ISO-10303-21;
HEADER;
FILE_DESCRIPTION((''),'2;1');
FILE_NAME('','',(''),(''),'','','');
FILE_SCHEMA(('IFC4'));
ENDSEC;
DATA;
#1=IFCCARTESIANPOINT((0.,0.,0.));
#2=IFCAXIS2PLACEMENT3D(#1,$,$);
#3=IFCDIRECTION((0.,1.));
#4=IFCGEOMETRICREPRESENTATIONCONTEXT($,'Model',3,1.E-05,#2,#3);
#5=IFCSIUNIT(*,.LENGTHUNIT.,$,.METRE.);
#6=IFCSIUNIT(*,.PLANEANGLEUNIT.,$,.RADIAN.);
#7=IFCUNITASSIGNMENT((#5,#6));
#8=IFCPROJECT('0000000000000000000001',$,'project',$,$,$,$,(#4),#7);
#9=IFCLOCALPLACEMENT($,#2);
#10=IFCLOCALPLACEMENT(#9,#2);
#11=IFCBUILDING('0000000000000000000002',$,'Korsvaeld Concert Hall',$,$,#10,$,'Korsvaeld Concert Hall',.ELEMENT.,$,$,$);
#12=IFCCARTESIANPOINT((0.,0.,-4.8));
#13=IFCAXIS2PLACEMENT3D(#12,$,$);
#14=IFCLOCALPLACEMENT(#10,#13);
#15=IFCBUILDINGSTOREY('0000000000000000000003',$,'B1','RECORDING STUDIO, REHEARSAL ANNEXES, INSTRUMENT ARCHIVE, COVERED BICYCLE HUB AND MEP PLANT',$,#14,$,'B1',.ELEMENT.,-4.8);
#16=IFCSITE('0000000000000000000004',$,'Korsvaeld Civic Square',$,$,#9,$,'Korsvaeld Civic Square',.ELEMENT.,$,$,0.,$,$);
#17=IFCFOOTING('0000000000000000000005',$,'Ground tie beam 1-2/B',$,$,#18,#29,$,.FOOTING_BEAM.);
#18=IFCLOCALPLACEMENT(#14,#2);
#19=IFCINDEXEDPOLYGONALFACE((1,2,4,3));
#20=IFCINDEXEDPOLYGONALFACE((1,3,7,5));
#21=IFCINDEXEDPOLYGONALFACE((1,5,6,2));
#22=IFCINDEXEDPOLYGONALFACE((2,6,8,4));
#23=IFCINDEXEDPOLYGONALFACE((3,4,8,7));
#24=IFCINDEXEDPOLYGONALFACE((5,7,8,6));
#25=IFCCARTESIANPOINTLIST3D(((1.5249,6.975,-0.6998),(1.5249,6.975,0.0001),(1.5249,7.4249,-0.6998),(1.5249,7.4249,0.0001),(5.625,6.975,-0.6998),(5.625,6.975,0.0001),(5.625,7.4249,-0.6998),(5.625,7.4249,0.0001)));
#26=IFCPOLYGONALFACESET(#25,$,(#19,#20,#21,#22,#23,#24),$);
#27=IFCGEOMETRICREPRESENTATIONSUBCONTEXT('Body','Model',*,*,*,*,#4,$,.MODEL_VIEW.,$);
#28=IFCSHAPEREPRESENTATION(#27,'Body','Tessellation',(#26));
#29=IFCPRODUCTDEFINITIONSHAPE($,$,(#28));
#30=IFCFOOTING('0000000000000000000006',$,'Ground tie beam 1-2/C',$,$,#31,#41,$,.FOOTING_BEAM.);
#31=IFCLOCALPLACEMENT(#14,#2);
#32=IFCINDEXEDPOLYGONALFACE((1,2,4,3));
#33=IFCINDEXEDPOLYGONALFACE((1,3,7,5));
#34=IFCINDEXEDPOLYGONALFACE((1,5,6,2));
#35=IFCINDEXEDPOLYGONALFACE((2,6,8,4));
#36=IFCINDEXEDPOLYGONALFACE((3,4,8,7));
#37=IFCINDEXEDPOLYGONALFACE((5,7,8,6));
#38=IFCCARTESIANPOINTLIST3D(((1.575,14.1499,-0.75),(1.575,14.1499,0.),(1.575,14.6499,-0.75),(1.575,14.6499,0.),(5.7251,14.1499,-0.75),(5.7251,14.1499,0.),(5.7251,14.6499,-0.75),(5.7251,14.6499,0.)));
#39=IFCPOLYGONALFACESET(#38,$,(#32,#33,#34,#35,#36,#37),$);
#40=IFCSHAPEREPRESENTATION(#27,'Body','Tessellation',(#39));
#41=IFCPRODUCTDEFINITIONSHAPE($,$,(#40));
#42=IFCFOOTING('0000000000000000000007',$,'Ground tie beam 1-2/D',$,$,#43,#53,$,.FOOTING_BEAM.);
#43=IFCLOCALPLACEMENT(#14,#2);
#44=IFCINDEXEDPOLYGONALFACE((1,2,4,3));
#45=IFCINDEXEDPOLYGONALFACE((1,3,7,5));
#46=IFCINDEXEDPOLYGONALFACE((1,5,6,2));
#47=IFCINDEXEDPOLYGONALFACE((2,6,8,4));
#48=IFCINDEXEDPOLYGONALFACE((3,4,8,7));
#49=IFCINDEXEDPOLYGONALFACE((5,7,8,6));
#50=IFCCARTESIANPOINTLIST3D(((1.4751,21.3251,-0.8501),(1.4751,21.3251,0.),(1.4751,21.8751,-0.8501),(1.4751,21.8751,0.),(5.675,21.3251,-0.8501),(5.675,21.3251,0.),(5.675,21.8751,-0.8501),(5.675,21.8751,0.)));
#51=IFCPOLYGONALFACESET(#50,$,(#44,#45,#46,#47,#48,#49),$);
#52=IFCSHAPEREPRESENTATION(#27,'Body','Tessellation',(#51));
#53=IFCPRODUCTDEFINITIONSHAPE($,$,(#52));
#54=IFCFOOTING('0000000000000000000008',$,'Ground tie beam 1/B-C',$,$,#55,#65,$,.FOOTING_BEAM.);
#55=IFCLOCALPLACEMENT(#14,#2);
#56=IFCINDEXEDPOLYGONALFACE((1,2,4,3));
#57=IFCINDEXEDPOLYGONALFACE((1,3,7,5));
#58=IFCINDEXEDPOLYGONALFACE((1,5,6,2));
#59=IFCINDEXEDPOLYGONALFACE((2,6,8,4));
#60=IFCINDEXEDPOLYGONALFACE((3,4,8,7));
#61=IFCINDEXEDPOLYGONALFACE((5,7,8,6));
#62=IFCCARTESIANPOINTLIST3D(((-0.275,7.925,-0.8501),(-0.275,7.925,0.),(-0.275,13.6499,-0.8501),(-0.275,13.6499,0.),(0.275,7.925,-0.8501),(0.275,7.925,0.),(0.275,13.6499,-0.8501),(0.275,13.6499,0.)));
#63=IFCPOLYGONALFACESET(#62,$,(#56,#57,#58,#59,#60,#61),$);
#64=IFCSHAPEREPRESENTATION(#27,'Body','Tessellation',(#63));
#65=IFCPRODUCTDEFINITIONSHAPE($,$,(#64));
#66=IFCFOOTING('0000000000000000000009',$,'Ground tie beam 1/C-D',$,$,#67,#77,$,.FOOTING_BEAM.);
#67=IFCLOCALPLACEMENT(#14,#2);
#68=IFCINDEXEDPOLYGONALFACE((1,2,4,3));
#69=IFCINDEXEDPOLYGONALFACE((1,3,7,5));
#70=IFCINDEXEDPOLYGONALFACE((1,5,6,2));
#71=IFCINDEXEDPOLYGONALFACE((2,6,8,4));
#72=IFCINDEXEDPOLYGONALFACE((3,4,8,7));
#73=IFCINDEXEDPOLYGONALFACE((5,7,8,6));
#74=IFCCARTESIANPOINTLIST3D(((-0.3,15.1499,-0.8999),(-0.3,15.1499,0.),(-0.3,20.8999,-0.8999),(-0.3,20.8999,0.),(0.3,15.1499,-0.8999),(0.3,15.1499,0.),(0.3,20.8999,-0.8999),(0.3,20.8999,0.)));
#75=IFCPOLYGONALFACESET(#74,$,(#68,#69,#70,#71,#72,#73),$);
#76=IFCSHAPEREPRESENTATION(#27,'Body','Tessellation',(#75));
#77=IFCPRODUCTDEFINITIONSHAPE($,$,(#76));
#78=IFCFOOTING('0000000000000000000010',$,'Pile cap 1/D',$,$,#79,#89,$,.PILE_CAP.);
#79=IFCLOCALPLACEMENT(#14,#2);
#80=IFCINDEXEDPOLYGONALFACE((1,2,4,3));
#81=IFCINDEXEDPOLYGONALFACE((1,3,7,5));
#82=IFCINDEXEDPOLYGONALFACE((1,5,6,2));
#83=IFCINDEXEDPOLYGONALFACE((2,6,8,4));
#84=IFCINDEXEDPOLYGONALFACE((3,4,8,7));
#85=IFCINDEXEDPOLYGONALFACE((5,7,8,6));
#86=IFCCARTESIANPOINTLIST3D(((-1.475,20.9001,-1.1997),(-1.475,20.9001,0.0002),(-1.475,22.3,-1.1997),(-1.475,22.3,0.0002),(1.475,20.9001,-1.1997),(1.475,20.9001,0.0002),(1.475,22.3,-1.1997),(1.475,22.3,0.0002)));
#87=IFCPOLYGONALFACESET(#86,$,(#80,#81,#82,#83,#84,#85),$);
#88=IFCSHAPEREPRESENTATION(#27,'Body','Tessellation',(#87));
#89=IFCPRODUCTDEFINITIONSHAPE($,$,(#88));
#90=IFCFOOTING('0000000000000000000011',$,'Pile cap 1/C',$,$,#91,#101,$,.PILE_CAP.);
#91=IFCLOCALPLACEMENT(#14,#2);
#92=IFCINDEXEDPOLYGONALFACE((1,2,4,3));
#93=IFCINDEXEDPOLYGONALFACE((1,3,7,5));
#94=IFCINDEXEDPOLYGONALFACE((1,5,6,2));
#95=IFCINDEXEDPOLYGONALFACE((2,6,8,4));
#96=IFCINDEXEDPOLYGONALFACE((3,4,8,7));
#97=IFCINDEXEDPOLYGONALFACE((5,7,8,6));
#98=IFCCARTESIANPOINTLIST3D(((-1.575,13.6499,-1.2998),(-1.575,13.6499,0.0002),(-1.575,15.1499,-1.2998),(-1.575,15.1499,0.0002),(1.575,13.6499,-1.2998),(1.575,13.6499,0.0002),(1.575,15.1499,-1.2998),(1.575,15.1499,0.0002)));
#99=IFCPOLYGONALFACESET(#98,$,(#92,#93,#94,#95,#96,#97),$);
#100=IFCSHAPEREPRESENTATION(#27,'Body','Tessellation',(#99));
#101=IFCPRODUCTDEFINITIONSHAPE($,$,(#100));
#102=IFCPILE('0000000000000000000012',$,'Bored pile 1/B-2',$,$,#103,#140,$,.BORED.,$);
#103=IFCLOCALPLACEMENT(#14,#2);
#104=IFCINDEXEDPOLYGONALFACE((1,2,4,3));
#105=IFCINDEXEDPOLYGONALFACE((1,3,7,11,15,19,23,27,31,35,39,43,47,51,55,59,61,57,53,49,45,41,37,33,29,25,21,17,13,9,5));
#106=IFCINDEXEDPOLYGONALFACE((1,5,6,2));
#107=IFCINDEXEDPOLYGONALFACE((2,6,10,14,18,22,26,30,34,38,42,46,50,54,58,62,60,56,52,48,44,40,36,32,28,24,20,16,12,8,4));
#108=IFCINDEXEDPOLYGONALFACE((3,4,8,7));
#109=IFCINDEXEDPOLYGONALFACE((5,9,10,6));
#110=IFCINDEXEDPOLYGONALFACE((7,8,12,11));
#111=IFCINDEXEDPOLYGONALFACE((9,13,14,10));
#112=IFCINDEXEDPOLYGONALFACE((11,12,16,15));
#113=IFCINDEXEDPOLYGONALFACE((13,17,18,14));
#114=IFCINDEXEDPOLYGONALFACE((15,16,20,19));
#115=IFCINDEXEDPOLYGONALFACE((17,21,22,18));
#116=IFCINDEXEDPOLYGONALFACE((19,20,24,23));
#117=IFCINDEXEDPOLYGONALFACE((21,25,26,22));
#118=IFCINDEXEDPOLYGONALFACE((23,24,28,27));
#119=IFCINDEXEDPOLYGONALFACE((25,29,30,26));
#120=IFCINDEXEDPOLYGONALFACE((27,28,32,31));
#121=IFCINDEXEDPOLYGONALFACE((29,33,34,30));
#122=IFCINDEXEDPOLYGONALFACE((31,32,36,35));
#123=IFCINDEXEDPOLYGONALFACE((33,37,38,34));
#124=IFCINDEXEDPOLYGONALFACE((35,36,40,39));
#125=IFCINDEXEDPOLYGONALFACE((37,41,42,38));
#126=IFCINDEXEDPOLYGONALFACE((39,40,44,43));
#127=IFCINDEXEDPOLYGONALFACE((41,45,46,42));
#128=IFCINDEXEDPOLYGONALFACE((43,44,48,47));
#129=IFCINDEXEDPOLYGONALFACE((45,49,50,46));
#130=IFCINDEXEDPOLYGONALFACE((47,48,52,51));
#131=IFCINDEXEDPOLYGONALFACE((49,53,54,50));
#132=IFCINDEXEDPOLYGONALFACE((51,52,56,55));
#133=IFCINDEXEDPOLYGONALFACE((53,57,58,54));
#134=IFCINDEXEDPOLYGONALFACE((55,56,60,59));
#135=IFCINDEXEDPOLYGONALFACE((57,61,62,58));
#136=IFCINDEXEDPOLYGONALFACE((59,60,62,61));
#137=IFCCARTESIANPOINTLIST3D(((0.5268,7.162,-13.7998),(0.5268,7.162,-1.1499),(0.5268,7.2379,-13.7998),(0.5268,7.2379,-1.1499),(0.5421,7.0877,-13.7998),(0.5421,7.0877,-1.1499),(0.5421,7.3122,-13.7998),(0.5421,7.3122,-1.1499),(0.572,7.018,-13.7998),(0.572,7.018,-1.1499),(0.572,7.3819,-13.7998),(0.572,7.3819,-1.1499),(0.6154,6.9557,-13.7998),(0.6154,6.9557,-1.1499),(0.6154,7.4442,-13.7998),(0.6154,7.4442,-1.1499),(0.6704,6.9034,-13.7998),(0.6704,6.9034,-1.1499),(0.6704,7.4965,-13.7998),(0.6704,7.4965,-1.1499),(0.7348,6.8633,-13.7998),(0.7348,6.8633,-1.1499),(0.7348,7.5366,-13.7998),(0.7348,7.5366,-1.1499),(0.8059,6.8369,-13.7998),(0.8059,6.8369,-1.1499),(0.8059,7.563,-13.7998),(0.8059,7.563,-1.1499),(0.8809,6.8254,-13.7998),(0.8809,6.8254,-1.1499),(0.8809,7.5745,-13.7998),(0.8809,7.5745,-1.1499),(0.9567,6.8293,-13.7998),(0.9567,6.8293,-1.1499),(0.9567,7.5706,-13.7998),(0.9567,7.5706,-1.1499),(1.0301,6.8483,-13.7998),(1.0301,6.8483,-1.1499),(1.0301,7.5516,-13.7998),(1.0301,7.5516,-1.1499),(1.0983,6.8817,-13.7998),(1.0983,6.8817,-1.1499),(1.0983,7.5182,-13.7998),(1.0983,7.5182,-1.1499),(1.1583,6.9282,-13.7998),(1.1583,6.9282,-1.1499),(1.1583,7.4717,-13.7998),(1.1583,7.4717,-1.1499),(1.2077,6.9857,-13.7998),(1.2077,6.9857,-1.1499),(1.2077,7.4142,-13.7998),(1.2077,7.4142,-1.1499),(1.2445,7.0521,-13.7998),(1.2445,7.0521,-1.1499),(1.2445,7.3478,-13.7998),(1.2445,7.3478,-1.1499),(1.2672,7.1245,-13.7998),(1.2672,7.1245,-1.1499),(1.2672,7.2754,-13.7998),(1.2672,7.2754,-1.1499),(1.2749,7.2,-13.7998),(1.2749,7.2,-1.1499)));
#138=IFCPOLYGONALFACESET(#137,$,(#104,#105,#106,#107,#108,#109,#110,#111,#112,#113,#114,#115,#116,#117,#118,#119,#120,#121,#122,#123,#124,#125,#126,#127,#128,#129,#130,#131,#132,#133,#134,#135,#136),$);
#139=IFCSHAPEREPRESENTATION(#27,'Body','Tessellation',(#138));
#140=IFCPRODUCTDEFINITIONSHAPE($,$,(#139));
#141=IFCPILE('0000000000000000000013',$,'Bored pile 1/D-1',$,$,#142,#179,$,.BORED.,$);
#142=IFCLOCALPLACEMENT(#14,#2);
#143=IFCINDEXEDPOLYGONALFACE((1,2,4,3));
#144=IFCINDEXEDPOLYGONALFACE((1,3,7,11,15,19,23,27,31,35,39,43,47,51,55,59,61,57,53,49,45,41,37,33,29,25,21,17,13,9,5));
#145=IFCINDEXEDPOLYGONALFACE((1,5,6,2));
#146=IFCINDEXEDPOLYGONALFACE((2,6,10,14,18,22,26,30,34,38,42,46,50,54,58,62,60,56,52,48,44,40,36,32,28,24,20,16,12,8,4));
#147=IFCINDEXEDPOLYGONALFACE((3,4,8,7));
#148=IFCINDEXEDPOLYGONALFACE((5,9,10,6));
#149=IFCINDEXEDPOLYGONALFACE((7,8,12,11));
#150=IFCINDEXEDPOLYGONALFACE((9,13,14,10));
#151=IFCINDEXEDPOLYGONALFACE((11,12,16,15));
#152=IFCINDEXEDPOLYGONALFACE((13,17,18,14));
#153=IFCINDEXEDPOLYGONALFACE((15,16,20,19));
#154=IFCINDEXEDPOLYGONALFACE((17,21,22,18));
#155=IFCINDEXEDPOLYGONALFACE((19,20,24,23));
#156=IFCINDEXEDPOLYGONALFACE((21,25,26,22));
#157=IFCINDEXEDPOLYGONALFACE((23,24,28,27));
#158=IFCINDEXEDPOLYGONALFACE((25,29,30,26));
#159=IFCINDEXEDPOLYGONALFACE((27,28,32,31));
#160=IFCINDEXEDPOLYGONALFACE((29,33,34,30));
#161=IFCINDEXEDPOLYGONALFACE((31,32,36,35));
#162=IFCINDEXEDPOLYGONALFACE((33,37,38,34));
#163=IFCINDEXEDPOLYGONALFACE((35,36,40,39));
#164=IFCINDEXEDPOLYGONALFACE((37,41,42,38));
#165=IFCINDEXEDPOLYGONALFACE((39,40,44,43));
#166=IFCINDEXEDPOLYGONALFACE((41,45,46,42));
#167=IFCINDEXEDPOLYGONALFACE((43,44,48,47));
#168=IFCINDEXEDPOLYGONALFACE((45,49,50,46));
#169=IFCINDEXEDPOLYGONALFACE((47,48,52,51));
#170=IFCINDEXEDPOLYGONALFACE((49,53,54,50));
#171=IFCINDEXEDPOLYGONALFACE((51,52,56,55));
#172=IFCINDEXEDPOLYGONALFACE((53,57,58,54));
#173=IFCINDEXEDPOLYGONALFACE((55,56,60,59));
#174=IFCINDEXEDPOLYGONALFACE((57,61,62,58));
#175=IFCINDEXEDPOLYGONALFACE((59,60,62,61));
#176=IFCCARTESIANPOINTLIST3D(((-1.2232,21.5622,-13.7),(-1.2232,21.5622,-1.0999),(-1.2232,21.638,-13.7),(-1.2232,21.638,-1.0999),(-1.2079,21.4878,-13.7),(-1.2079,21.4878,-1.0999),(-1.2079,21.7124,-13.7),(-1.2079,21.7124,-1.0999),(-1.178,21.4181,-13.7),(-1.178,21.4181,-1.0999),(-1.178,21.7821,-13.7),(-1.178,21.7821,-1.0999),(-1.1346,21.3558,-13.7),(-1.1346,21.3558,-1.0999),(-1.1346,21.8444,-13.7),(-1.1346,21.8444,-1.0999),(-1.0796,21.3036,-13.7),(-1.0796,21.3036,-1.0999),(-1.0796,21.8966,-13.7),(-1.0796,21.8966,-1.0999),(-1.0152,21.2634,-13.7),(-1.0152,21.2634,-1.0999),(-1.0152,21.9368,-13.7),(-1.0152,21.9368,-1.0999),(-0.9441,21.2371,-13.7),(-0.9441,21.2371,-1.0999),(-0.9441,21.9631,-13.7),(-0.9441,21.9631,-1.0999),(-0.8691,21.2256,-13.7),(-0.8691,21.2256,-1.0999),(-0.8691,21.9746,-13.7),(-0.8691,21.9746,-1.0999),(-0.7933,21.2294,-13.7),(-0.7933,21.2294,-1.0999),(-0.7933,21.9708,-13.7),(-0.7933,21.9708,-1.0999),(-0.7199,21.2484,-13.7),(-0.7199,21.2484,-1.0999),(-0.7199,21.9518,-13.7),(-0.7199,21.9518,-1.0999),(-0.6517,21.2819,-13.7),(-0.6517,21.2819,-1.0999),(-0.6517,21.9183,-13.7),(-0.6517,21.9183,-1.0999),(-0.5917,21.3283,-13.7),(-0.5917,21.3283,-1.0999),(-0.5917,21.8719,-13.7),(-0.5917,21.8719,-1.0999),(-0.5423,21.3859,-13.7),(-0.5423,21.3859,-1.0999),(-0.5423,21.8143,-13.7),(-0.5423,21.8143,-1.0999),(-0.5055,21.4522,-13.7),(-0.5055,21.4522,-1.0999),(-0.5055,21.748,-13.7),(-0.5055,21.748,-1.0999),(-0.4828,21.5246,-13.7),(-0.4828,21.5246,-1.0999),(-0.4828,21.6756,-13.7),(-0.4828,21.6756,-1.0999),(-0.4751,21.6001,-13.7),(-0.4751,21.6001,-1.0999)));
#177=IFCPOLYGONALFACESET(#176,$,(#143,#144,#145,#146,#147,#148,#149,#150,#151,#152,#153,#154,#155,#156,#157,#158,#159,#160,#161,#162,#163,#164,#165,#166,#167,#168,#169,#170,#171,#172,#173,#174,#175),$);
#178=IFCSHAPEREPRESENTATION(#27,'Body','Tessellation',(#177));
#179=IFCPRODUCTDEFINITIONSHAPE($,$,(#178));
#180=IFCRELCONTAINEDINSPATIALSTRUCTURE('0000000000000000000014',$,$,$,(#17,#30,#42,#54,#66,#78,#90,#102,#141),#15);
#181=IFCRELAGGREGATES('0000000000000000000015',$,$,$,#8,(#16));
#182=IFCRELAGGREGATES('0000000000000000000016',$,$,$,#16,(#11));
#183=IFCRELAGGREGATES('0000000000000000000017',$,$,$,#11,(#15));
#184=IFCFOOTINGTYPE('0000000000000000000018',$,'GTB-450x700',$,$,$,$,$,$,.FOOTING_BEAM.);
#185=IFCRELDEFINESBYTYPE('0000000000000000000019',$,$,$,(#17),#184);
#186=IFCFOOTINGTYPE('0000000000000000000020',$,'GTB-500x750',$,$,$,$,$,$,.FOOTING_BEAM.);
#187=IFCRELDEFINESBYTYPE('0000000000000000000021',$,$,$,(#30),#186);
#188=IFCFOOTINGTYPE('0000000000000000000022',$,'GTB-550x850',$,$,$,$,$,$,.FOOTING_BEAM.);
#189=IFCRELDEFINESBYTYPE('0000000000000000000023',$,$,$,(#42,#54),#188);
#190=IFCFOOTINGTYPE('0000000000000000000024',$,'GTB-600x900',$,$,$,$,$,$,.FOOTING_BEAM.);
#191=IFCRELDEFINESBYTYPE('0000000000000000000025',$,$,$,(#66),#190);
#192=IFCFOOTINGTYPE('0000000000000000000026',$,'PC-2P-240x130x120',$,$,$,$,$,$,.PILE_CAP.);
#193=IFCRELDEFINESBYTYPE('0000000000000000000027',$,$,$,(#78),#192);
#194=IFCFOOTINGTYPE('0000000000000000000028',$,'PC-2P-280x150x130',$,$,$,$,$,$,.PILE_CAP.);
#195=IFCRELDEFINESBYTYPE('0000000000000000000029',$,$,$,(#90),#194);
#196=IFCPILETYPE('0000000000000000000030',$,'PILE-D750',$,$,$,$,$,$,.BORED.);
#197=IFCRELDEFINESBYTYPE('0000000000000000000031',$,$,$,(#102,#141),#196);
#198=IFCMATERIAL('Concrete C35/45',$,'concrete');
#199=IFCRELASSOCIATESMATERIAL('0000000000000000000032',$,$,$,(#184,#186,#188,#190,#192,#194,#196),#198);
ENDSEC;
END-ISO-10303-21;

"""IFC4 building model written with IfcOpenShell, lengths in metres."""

from ifc_helpers import new_model, si_unit, direction, frame, origin, origin_2d, place, context, subcontext, project, spatial, rectangle, circle, extrude, material, material_profile, profile_set, type_object, element, save


model = new_model("IFC4")

# Units and contexts
model_context = context("Model", 3, precision=1e-05, world=origin(), true_north=direction((0.0, 1.0)))
body_context = subcontext(model_context, "Body", "Model", "MODEL_VIEW")
ifc_project = project(units=[si_unit("LENGTHUNIT", "METRE"), si_unit("PLANEANGLEUNIT", "RADIAN")], contexts=[model_context])

# Site, building, storey
site_placement = place(None, origin())
site = spatial("IfcSite", under=ifc_project, at=site_placement, Name="Korsvaeld Civic Square", LongName="Korsvaeld Civic Square", CompositionType="ELEMENT", RefElevation=0.0)
building_placement = place(site_placement, origin())
building = spatial("IfcBuilding", under=site, at=building_placement, Name="Korsvaeld Concert Hall", LongName="Korsvaeld Concert Hall", CompositionType="ELEMENT")
storey_placement = place(building_placement, frame((0.0, 0.0, -4.8)))
storey = spatial("IfcBuildingStorey", under=building, at=storey_placement, Name="B1", Description="RECORDING STUDIO, REHEARSAL ANNEXES, INSTRUMENT ARCHIVE, COVERED BICYCLE HUB AND MEP PLANT", LongName="B1", CompositionType="ELEMENT", Elevation=-4.8)

# Footings
ifc_material_1 = material(Name="Concrete C35/45", Category="concrete")
ifc_material_profile_1 = material_profile(ifc_material_1, rectangle(XDim=0.45, YDim=0.7, at=origin_2d()), Name="GTB 450x700")
ifc_profile_set_1 = profile_set([ifc_material_profile_1], Name="Concrete C35/45")
footing_type_1 = type_object("IfcFootingType", Name="GTB-450x700", PredefinedType="FOOTING_BEAM", material=ifc_profile_set_1)
footing_1_placement = place(storey_placement, frame((1.5249, 7.2, -0.3499), z_axis=(1.0, 0.0, 0.0), x_axis=(0.0, 1.0, 0.0)))
element("IfcFooting", 1, at=footing_1_placement, inside=storey, type_object=footing_type_1, Name="Ground tie beam 1-2/B", PredefinedType="FOOTING_BEAM", context=body_context, shape_type="SweptSolid", body=[
    extrude(rectangle(XDim=0.45, YDim=0.7, at=origin_2d()), origin(), (0.0, 0.0, 1.0), 4.1001),
])
ifc_material_profile_2 = material_profile(ifc_material_1, rectangle(XDim=0.5, YDim=0.75, at=origin_2d()), Name="GTB 500x750")
ifc_profile_set_2 = profile_set([ifc_material_profile_2], Name="Concrete C35/45")
footing_type_2 = type_object("IfcFootingType", Name="GTB-500x750", PredefinedType="FOOTING_BEAM", material=ifc_profile_set_2)
footing_2_placement = place(storey_placement, frame((1.575, 14.3999, -0.375), z_axis=(1.0, 0.0, 0.0), x_axis=(0.0, 1.0, 0.0)))
element("IfcFooting", 2, at=footing_2_placement, inside=storey, type_object=footing_type_2, Name="Ground tie beam 1-2/C", PredefinedType="FOOTING_BEAM", context=body_context, shape_type="SweptSolid", body=[
    extrude(rectangle(XDim=0.5, YDim=0.75, at=origin_2d()), origin(), (0.0, 0.0, 1.0), 4.1501),
])
ifc_material_profile_3 = material_profile(ifc_material_1, rectangle(XDim=0.55, YDim=0.8501, at=origin_2d()), Name="GTB 550x850")
ifc_profile_set_3 = profile_set([ifc_material_profile_3], Name="Concrete C35/45")
footing_type_3 = type_object("IfcFootingType", Name="GTB-550x850", PredefinedType="FOOTING_BEAM", material=ifc_profile_set_3)
footing_3_placement = place(storey_placement, frame((1.4751, 21.6001, -0.425), z_axis=(1.0, 0.0, 0.0), x_axis=(0.0, 1.0, 0.0)))
element("IfcFooting", 3, at=footing_3_placement, inside=storey, type_object=footing_type_3, Name="Ground tie beam 1-2/D", PredefinedType="FOOTING_BEAM", context=body_context, shape_type="SweptSolid", body=[
    extrude(rectangle(XDim=0.55, YDim=0.8501, at=origin_2d()), origin(), (0.0, 0.0, 1.0), 4.2),
])
footing_4_placement = place(storey_placement, frame((0.0, 7.925, -0.425), z_axis=(0.0, 1.0, 0.0), x_axis=(-1.0, 0.0, 0.0)))
element("IfcFooting", 4, at=footing_4_placement, inside=storey, type_object=footing_type_3, Name="Ground tie beam 1/B-C", PredefinedType="FOOTING_BEAM", context=body_context, shape_type="SweptSolid", body=[
    extrude(rectangle(XDim=0.55, YDim=0.8501, at=origin_2d()), origin(), (0.0, 0.0, 1.0), 5.7249),
])
ifc_material_profile_4 = material_profile(ifc_material_1, rectangle(XDim=0.6001, YDim=0.8999, at=origin_2d()), Name="GTB 600x900")
ifc_profile_set_4 = profile_set([ifc_material_profile_4], Name="Concrete C35/45")
footing_type_4 = type_object("IfcFootingType", Name="GTB-600x900", PredefinedType="FOOTING_BEAM", material=ifc_profile_set_4)
footing_5_placement = place(storey_placement, frame((0.0, 15.1499, -0.45), z_axis=(0.0, 1.0, 0.0), x_axis=(-1.0, 0.0, 0.0)))
element("IfcFooting", 5, at=footing_5_placement, inside=storey, type_object=footing_type_4, Name="Ground tie beam 1/C-D", PredefinedType="FOOTING_BEAM", context=body_context, shape_type="SweptSolid", body=[
    extrude(rectangle(XDim=0.6001, YDim=0.8999, at=origin_2d()), origin(), (0.0, 0.0, 1.0), 5.75),
])
footing_type_5 = type_object("IfcFootingType", Name="PC-2P-240x130x120", PredefinedType="PILE_CAP", material=ifc_material_1)
footing_6_placement = place(storey_placement, frame((0.0, 21.6001, -1.1997), z_axis=(0.0, 0.0, 1.0), x_axis=(1.0, 0.0, 0.0)))
element("IfcFooting", 6, at=footing_6_placement, inside=storey, type_object=footing_type_5, Name="Pile cap 1/D", PredefinedType="PILE_CAP", context=body_context, shape_type="SweptSolid", body=[
    extrude(rectangle(XDim=2.95, YDim=1.3999, at=origin_2d()), origin(), (0.0, 0.0, 1.0), 1.2),
])
footing_type_6 = type_object("IfcFootingType", Name="PC-2P-280x150x130", PredefinedType="PILE_CAP", material=ifc_material_1)
footing_7_placement = place(storey_placement, frame((0.0, 14.3999, -1.2998), z_axis=(0.0, 0.0, 1.0), x_axis=(1.0, 0.0, 0.0)))
element("IfcFooting", 7, at=footing_7_placement, inside=storey, type_object=footing_type_6, Name="Pile cap 1/C", PredefinedType="PILE_CAP", context=body_context, shape_type="SweptSolid", body=[
    extrude(rectangle(XDim=3.1499, YDim=1.5, at=origin_2d()), origin(), (0.0, 0.0, 1.0), 1.3),
])

# Piles
ifc_material_profile_5 = material_profile(ifc_material_1, circle(Radius=0.375, at=origin_2d()), Name="BORED PILE D750")
ifc_profile_set_5 = profile_set([ifc_material_profile_5], Name="Concrete C35/45")
pile_type_1 = type_object("IfcPileType", Name="PILE-D750", PredefinedType="BORED", material=ifc_profile_set_5)
pile_placement = place(storey_placement, frame((0.8999, 7.2, -1.1499), z_axis=(0.0, 0.0, -1.0), x_axis=(1.0, 0.0, 0.0)))
element("IfcPile", 8, at=pile_placement, inside=storey, type_object=pile_type_1, Name="Bored pile 1/B-2", PredefinedType="BORED", context=body_context, shape_type="SweptSolid", body=[
    extrude(circle(Radius=0.375, at=origin_2d()), origin(), (0.0, 0.0, 1.0), 12.6499),
])
for number, where, z_axis, x_axis, name in (
    (9, (-0.8501, 21.6001, -1.0999), (0.0, 0.0, -1.0), (1.0, 0.0, 0.0), "Bored pile 1/D-1"),
):
    element("IfcPile", number, at=place(storey_placement, frame(where, z_axis=z_axis, x_axis=x_axis)), inside=storey, type_object=pile_type_1, Name=name, PredefinedType="BORED", context=body_context, shape_type="SweptSolid", body=[
        extrude(circle(Radius=0.375, at=origin_2d()), origin(), (0.0, 0.0, 1.0), 12.6001),
    ])

save(model, "model.ifc")
